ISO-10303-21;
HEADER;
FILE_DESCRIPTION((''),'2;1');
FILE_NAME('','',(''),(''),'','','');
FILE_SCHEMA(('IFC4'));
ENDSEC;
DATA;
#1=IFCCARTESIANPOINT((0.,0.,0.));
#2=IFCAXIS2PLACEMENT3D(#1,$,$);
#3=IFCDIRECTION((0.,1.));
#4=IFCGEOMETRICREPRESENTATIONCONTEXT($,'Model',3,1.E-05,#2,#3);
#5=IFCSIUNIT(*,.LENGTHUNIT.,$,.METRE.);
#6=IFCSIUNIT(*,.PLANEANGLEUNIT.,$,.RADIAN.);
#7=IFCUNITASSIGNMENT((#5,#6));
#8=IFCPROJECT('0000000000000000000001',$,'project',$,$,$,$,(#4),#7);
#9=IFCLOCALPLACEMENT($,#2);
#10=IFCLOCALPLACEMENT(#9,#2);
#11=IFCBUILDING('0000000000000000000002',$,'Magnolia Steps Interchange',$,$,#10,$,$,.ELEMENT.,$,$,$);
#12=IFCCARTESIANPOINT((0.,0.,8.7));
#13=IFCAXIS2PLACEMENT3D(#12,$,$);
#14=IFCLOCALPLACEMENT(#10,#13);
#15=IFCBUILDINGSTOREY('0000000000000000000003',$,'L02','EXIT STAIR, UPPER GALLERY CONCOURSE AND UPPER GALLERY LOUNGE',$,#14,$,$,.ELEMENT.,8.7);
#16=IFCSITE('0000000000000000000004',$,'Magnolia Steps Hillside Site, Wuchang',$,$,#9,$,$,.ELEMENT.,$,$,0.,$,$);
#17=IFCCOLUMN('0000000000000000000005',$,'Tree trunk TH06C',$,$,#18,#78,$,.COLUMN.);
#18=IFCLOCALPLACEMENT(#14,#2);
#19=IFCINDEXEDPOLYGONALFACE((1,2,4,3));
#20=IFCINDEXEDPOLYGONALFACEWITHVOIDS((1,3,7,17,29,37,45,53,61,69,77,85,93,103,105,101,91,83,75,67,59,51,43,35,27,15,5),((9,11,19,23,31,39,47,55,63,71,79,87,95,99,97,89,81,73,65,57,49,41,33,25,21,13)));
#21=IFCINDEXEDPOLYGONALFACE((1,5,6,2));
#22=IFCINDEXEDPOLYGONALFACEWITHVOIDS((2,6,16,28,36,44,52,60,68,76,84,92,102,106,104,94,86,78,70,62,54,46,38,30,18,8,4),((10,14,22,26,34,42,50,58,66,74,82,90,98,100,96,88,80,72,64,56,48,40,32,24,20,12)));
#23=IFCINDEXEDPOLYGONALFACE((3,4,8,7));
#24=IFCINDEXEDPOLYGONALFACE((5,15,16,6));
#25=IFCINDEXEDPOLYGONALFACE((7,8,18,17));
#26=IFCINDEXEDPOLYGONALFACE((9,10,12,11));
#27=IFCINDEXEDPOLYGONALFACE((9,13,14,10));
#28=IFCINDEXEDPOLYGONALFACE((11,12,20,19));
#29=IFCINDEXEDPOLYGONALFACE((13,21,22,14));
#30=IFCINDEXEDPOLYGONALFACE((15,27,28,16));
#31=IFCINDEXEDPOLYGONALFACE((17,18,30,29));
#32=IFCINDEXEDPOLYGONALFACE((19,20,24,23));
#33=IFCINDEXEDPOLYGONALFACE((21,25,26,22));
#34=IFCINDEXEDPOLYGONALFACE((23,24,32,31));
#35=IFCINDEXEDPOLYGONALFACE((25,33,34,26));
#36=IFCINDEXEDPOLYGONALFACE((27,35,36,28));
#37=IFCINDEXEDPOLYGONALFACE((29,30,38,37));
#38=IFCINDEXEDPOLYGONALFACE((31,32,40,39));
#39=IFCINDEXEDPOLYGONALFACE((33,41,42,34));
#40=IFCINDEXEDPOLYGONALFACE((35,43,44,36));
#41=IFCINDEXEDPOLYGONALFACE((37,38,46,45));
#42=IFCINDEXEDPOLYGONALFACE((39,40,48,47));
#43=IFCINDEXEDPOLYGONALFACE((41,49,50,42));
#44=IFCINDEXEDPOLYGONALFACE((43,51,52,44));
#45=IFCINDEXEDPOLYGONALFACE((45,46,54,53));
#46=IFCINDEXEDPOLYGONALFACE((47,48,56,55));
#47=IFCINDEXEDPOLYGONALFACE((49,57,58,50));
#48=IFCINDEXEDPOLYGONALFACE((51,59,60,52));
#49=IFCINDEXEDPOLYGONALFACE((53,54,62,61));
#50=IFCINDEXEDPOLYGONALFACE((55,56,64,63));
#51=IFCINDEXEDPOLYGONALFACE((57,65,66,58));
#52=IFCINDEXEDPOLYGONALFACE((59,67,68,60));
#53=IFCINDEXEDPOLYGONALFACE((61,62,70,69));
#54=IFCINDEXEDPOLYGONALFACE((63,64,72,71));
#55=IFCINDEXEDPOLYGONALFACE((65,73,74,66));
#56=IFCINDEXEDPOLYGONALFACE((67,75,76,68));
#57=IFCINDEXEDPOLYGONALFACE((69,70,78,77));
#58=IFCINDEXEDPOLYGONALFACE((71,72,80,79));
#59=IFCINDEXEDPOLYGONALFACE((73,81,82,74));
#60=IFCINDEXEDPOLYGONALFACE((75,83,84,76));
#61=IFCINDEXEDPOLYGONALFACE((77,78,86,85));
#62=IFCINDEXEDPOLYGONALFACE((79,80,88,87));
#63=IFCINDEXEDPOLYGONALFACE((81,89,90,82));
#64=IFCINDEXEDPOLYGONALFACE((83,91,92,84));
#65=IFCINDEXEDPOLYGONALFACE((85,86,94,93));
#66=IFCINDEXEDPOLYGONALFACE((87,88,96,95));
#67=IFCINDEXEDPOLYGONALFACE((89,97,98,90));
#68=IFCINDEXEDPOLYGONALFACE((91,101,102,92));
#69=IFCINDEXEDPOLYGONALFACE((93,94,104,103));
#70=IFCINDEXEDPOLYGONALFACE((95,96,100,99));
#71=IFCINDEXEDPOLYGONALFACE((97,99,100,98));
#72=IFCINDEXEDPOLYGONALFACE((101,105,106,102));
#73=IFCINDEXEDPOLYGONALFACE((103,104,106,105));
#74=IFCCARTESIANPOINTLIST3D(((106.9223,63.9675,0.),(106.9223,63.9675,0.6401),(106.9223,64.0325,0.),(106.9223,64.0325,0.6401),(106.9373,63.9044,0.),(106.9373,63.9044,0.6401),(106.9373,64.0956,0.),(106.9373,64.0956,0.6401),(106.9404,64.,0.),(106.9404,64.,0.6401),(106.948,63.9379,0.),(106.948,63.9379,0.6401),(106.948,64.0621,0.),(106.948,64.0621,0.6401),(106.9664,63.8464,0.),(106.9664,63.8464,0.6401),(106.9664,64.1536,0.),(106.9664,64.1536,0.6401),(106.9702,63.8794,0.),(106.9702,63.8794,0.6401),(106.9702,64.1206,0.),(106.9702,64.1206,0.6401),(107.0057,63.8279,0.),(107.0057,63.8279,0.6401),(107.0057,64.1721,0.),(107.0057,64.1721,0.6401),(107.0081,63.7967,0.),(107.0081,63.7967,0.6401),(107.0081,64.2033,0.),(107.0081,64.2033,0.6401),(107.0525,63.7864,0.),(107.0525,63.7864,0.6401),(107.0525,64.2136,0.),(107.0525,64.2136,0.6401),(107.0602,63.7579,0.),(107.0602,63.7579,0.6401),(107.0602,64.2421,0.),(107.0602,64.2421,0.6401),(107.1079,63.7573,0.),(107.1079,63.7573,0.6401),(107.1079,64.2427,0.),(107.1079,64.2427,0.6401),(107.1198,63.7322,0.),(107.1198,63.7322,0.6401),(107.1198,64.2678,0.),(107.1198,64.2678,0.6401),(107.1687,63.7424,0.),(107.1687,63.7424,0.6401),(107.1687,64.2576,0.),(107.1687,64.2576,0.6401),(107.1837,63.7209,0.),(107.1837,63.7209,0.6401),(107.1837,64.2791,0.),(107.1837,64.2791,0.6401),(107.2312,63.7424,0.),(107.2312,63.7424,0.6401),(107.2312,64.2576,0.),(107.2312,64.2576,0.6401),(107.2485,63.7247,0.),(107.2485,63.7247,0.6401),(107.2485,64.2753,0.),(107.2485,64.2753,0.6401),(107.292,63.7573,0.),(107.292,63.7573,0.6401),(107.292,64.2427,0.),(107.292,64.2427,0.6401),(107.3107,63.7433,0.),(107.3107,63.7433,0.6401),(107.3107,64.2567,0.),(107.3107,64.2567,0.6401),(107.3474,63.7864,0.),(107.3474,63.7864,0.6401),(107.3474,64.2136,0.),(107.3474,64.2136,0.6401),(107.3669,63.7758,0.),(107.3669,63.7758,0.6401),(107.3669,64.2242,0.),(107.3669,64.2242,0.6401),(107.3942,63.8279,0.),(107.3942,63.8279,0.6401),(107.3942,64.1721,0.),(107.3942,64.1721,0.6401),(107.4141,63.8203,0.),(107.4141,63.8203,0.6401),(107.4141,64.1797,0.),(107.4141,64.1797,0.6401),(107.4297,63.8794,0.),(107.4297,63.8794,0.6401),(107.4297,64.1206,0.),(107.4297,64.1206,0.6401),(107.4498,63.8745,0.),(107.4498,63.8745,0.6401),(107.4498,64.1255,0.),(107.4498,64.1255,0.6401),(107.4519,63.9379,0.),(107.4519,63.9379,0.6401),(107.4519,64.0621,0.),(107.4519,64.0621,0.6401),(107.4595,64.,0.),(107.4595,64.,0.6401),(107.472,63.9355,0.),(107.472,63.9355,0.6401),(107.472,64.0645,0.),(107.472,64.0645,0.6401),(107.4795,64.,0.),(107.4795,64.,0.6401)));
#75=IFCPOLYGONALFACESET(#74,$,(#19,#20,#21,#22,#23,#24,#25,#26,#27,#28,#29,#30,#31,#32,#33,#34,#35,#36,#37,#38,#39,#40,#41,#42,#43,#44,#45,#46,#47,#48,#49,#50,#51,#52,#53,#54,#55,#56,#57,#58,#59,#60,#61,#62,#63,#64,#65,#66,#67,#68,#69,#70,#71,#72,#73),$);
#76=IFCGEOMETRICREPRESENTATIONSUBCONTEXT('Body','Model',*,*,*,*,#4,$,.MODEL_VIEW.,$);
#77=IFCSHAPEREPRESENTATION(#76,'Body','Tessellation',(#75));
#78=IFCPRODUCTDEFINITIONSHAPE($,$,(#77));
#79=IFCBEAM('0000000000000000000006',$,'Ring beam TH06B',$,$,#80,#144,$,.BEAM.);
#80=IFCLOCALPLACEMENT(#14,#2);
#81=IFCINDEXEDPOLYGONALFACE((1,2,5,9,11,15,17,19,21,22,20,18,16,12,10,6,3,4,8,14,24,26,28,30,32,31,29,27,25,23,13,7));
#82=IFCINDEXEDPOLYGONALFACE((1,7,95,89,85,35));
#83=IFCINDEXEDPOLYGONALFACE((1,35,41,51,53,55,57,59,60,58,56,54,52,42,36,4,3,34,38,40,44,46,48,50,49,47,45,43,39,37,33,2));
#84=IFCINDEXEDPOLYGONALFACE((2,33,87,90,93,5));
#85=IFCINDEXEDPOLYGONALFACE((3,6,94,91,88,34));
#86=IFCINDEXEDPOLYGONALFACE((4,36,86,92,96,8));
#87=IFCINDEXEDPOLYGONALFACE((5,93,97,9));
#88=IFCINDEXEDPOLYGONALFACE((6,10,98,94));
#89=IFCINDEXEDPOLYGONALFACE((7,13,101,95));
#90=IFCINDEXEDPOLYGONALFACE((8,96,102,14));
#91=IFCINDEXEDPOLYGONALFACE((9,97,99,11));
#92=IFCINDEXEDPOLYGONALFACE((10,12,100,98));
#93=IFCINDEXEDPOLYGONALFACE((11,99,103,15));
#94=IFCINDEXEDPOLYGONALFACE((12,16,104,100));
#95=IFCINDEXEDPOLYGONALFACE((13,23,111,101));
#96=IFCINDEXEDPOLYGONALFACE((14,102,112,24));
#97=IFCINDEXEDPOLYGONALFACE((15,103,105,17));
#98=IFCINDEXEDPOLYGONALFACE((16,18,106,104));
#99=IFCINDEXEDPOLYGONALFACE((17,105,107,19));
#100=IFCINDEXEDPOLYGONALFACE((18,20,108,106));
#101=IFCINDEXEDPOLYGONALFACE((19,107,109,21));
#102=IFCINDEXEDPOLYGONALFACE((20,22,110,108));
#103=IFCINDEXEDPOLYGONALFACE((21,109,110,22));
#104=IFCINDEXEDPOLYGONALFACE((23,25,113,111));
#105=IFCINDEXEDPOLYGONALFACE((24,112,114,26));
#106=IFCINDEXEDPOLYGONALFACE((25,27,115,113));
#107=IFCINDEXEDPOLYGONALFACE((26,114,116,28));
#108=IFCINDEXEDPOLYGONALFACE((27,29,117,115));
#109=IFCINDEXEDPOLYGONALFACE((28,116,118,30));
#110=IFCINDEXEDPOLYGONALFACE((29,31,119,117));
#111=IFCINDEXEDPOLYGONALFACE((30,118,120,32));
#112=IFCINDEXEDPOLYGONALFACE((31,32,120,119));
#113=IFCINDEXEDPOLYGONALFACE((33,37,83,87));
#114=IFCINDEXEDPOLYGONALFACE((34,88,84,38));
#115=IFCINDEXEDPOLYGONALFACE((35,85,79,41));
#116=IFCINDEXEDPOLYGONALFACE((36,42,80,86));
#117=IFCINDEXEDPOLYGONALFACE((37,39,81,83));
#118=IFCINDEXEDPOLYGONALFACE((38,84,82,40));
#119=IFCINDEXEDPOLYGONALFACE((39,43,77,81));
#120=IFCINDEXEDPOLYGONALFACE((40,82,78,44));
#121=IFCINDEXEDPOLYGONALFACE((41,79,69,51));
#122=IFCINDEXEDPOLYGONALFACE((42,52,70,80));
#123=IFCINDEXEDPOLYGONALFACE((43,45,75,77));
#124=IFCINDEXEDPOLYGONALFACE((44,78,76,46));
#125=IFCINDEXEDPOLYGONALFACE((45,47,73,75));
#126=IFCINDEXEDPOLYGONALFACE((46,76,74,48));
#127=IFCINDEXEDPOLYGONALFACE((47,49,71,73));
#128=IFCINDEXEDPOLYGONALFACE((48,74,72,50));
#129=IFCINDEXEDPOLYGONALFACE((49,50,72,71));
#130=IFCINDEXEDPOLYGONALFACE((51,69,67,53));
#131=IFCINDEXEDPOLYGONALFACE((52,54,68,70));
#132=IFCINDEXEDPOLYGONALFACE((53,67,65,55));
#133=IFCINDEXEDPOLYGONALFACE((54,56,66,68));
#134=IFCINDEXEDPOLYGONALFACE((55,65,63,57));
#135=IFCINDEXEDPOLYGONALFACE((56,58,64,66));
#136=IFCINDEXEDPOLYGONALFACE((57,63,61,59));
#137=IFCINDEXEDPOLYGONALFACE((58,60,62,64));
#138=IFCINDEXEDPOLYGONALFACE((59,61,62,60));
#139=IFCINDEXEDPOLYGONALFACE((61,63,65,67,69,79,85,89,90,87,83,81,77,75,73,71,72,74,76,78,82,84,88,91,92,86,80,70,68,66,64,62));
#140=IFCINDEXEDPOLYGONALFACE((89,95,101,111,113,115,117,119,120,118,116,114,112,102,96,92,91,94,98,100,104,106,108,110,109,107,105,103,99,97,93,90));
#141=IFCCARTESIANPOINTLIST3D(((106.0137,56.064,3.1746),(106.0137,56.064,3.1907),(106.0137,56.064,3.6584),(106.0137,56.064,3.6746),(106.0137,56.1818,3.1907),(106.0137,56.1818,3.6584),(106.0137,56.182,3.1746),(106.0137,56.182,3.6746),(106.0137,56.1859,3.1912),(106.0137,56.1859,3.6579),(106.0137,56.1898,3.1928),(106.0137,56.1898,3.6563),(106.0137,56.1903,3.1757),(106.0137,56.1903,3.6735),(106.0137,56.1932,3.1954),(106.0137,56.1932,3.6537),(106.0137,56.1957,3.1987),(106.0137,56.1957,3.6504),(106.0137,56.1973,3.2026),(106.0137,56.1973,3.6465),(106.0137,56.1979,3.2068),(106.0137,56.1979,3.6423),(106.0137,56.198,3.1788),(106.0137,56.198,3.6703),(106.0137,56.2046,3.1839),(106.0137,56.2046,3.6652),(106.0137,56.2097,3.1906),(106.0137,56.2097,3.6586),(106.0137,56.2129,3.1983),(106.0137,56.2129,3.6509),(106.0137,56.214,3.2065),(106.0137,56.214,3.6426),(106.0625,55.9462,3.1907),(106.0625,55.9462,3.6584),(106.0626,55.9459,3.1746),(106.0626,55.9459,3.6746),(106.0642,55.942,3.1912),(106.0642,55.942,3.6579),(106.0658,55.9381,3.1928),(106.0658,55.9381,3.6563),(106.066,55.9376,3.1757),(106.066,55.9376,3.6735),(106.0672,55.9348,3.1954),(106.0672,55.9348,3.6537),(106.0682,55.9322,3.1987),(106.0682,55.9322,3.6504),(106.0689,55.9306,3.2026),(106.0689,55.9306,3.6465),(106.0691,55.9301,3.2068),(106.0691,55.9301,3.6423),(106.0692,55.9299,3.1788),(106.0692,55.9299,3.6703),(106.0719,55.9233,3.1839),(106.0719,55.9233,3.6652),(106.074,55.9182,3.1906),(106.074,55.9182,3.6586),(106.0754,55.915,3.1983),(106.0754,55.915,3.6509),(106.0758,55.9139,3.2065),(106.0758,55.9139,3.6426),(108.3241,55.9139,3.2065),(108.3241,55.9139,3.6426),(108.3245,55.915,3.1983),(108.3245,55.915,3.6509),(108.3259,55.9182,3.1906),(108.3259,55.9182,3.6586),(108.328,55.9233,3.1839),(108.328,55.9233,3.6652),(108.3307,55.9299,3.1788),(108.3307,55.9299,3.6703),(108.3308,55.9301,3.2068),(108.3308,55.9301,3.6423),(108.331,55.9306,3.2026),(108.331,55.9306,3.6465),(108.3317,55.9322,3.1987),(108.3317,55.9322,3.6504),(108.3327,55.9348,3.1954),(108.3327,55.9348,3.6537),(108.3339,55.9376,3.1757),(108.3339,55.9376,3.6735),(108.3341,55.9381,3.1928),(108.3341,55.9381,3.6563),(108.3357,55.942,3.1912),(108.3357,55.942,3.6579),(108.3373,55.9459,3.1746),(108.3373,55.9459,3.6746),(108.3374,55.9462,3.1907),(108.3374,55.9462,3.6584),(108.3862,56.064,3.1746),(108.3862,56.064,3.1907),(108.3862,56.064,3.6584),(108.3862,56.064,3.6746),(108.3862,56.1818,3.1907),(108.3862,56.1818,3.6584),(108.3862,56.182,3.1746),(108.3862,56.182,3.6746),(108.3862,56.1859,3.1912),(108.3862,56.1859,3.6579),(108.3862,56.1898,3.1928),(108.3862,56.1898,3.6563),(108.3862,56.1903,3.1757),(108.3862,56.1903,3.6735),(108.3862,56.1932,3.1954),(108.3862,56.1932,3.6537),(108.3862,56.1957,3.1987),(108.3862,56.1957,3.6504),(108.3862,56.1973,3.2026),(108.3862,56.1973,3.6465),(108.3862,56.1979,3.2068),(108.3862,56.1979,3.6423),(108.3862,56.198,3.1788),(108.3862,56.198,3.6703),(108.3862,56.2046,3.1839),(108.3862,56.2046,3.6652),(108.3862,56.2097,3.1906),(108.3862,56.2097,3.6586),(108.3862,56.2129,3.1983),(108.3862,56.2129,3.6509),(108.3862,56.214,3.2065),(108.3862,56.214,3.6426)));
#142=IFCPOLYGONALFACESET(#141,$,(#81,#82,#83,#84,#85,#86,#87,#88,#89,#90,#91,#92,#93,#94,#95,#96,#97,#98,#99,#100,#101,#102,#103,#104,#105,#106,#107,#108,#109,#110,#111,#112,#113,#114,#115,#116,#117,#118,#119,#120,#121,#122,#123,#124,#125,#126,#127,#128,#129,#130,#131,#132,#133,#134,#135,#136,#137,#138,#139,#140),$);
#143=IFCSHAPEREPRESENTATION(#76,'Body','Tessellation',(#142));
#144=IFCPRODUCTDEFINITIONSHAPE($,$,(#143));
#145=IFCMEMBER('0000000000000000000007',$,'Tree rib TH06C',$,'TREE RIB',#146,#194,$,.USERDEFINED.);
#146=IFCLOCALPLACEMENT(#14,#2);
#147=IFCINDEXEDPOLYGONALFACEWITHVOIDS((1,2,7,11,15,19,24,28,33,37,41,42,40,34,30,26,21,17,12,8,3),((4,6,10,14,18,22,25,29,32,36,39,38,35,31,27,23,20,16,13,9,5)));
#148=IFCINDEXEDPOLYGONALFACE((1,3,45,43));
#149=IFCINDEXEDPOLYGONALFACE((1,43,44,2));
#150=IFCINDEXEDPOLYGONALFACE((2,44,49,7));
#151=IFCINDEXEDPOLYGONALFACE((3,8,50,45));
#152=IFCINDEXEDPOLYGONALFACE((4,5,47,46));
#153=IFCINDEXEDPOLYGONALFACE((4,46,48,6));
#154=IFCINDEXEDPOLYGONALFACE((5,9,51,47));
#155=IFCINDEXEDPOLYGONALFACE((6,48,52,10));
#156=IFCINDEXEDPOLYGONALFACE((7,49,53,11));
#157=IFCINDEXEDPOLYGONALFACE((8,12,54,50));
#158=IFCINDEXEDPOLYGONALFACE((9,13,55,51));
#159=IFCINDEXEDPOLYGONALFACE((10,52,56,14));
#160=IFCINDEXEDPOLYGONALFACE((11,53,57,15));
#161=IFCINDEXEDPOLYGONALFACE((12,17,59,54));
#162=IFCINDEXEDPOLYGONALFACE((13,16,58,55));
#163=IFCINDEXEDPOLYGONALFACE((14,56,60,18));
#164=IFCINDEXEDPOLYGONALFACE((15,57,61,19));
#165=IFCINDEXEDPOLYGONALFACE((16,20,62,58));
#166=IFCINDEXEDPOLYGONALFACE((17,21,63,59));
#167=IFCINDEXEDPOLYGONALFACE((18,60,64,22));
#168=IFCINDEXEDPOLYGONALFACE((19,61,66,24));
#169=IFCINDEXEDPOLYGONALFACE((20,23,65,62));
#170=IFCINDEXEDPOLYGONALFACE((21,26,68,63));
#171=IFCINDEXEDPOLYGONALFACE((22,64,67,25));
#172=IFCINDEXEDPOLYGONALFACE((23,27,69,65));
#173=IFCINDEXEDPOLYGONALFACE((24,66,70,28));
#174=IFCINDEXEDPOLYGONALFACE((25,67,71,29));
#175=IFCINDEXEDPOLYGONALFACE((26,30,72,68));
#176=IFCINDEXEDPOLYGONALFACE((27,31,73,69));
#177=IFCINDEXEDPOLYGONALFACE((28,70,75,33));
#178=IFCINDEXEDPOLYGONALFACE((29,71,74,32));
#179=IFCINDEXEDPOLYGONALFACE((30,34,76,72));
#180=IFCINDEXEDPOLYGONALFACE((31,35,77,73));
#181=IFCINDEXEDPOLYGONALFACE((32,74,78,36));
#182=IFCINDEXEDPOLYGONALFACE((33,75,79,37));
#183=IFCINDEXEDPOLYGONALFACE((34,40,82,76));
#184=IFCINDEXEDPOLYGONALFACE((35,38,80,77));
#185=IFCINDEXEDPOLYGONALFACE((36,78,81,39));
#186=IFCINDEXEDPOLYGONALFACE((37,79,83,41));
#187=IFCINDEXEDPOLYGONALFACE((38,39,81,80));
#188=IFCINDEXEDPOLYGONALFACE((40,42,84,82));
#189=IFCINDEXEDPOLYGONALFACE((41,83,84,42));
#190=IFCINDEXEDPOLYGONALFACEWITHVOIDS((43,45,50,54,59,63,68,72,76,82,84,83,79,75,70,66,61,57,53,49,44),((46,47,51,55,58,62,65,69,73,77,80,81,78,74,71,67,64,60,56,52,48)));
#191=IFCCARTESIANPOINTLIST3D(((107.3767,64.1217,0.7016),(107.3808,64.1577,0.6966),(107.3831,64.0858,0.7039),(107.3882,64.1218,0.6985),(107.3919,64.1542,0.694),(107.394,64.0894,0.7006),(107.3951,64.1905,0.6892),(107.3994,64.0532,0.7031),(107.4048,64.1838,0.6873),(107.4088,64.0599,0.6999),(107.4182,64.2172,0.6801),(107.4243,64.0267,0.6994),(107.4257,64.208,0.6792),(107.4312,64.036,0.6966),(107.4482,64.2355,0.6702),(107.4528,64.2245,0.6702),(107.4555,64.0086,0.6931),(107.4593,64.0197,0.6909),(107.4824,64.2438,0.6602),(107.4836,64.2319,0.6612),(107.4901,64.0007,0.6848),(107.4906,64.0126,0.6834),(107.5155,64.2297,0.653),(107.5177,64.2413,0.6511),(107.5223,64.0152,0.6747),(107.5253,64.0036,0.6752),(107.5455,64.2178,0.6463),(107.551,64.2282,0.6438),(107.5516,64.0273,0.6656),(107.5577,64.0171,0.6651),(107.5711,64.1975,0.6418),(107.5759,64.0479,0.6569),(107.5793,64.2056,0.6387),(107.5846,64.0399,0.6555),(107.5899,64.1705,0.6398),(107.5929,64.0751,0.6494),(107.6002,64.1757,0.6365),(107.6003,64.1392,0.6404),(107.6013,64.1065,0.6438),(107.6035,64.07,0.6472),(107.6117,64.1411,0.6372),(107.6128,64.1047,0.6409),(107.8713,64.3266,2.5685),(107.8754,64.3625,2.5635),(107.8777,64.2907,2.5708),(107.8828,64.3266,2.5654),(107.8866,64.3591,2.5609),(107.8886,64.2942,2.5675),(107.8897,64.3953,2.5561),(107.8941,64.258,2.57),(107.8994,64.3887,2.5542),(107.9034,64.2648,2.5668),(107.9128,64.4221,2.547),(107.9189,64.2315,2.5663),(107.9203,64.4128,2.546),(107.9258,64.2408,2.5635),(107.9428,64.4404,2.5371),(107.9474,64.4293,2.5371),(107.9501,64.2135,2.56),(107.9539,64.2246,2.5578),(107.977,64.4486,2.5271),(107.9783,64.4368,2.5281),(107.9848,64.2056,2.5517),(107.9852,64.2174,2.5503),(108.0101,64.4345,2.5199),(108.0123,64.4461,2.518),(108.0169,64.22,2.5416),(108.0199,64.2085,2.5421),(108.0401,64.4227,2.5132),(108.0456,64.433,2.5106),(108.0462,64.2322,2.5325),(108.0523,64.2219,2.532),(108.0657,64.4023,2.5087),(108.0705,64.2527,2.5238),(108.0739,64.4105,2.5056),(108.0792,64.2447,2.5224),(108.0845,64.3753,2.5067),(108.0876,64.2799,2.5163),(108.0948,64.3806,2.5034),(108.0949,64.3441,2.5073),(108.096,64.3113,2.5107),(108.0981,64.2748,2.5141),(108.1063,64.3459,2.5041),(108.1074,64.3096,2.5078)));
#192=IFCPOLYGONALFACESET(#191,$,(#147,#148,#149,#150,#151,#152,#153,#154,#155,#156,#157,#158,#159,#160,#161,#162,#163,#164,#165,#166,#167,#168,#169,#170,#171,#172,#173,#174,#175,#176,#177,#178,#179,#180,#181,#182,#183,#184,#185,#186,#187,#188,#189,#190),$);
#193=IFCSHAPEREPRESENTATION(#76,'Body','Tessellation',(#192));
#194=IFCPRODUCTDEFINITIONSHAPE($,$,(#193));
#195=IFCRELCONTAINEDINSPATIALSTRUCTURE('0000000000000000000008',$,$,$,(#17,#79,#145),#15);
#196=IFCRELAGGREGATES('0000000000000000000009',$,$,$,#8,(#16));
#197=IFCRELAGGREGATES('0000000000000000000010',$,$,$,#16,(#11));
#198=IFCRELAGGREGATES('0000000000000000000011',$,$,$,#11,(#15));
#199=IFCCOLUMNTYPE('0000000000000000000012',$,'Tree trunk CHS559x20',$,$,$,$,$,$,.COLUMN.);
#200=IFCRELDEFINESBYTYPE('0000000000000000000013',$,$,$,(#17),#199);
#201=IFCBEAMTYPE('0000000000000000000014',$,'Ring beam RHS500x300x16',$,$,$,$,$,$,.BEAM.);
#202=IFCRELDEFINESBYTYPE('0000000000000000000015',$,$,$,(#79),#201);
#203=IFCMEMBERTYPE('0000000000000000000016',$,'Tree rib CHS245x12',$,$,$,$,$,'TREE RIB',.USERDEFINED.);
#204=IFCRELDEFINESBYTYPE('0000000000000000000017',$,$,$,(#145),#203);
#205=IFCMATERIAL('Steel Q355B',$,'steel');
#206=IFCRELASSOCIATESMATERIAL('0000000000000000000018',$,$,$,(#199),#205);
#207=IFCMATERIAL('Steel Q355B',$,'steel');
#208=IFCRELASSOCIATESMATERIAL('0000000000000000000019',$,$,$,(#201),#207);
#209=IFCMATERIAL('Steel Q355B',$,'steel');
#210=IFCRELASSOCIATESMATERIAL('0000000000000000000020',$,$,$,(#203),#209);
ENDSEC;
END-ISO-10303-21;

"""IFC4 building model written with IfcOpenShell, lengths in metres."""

from ifc_helpers import new_model, si_unit, direction, frame, origin, origin_2d, place, context, subcontext, project, spatial, hollow_rectangle, hollow_circle, extrude, clip, halfspace, material, material_profile, profile_set, type_object, element, save


model = new_model("IFC4")

# Units and contexts
model_context = context("Model", 3, precision=1e-05, world=origin(), true_north=direction((0.0, 1.0)))
body_context = subcontext(model_context, "Body", "Model", "MODEL_VIEW")
ifc_project = project(units=[si_unit("LENGTHUNIT", "METRE"), si_unit("PLANEANGLEUNIT", "RADIAN")], contexts=[model_context])

# Site, building, storey
site_placement = place(None, origin())
site = spatial("IfcSite", under=ifc_project, at=site_placement, Name="Magnolia Steps Hillside Site, Wuchang", CompositionType="ELEMENT", RefElevation=0.0)
building_placement = place(site_placement, origin())
building = spatial("IfcBuilding", under=site, at=building_placement, Name="Magnolia Steps Interchange", CompositionType="ELEMENT")
storey_placement = place(building_placement, frame((0.0, 0.0, 8.7)))
storey = spatial("IfcBuildingStorey", under=building, at=storey_placement, Name="L02", Description="EXIT STAIR, UPPER GALLERY CONCOURSE AND UPPER GALLERY LOUNGE", CompositionType="ELEMENT", Elevation=8.7)

# Column
ifc_material_1 = material(Name="Steel Q355B", Category="steel")
ifc_material_profile_1 = material_profile(ifc_material_1, hollow_circle(Radius=0.2795, WallThickness=0.02, at=origin_2d()), Name="CHS559x20")
ifc_profile_set_1 = profile_set([ifc_material_profile_1], Name="Steel Q355B")
column_type = type_object("IfcColumnType", Name="Tree trunk CHS559x20", PredefinedType="COLUMN", material=ifc_profile_set_1)
column_placement = place(storey_placement, frame((107.2, 64.0, 0.0), z_axis=(0.0, 0.0, 1.0), x_axis=(1.0, 0.0, 0.0)))
element("IfcColumn", 1, at=column_placement, inside=storey, type_object=column_type, Name="Tree trunk TH06C", PredefinedType="COLUMN", context=body_context, shape_type="SweptSolid", body=[
    extrude(hollow_circle(Radius=0.2795, WallThickness=0.02, at=origin_2d()), origin(), (0.0, 0.0, 1.0), 0.6401),
])

# Beam
ifc_material_2 = material(Name="Steel Q355B", Category="steel")
ifc_material_profile_2 = material_profile(ifc_material_2, hollow_rectangle(XDim=0.3, YDim=0.5, WallThickness=0.0161, InnerFilletRadius=0.0161, OuterFilletRadius=0.032, at=origin_2d()), Name="RHS500x300x16")
ifc_profile_set_2 = profile_set([ifc_material_profile_2], Name="Steel Q355B")
beam_type = type_object("IfcBeamType", Name="Ring beam RHS500x300x16", PredefinedType="BEAM", material=ifc_profile_set_2)
beam_placement = place(storey_placement, frame((108.3862, 56.064, 3.4246), z_axis=(-1.0, 0.0, 0.0), x_axis=(0.0, -1.0, 0.0)))
element("IfcBeam", 2, at=beam_placement, inside=storey, type_object=beam_type, Name="Ring beam TH06B", PredefinedType="BEAM", context=body_context, shape_type="Clipping", body=[
    clip(clip(extrude(hollow_rectangle(XDim=0.3, YDim=0.5, WallThickness=0.0161, InnerFilletRadius=0.0161, OuterFilletRadius=0.032, at=origin_2d()), origin(), (0.0, 0.0, 1.0), 2.3726), halfspace(frame((0.0, 0.0, 0.0), z_axis=(0.382683, 0.0, -0.92388), x_axis=(0.92388, 0.0, 0.382683)), False)), halfspace(frame((0.0, 0.0, 2.3726), z_axis=(0.382683, 0.0, 0.92388), x_axis=(0.92388, 0.0, -0.382683)), False)),
])

# Member
ifc_material_3 = material(Name="Steel Q355B", Category="steel")
ifc_material_profile_3 = material_profile(ifc_material_3, hollow_circle(Radius=0.1226, WallThickness=0.012, at=origin_2d()), Name="CHS245x12")
ifc_profile_set_3 = profile_set([ifc_material_profile_3], Name="Steel Q355B")
member_type_1 = type_object("IfcMemberType", Name="Tree rib CHS245x12", ElementType="TREE RIB", PredefinedType="USERDEFINED", material=ifc_profile_set_3)
member_1_placement = place(storey_placement, frame((107.4951, 64.1223, 0.6702), z_axis=(0.254676, 0.105466, 0.961258), x_axis=(-0.382607, 0.923911, 0.0)))
element("IfcMember", 3, at=member_1_placement, inside=storey, type_object=member_type_1, Name="Tree rib TH06C", ObjectType="TREE RIB", PredefinedType="USERDEFINED", context=body_context, shape_type="SweptSolid", body=[
    extrude(hollow_circle(Radius=0.1226, WallThickness=0.012, at=origin_2d()), origin(), (0.0, 0.0, 1.0), 1.9421),
])

save(model, "model.ifc")
